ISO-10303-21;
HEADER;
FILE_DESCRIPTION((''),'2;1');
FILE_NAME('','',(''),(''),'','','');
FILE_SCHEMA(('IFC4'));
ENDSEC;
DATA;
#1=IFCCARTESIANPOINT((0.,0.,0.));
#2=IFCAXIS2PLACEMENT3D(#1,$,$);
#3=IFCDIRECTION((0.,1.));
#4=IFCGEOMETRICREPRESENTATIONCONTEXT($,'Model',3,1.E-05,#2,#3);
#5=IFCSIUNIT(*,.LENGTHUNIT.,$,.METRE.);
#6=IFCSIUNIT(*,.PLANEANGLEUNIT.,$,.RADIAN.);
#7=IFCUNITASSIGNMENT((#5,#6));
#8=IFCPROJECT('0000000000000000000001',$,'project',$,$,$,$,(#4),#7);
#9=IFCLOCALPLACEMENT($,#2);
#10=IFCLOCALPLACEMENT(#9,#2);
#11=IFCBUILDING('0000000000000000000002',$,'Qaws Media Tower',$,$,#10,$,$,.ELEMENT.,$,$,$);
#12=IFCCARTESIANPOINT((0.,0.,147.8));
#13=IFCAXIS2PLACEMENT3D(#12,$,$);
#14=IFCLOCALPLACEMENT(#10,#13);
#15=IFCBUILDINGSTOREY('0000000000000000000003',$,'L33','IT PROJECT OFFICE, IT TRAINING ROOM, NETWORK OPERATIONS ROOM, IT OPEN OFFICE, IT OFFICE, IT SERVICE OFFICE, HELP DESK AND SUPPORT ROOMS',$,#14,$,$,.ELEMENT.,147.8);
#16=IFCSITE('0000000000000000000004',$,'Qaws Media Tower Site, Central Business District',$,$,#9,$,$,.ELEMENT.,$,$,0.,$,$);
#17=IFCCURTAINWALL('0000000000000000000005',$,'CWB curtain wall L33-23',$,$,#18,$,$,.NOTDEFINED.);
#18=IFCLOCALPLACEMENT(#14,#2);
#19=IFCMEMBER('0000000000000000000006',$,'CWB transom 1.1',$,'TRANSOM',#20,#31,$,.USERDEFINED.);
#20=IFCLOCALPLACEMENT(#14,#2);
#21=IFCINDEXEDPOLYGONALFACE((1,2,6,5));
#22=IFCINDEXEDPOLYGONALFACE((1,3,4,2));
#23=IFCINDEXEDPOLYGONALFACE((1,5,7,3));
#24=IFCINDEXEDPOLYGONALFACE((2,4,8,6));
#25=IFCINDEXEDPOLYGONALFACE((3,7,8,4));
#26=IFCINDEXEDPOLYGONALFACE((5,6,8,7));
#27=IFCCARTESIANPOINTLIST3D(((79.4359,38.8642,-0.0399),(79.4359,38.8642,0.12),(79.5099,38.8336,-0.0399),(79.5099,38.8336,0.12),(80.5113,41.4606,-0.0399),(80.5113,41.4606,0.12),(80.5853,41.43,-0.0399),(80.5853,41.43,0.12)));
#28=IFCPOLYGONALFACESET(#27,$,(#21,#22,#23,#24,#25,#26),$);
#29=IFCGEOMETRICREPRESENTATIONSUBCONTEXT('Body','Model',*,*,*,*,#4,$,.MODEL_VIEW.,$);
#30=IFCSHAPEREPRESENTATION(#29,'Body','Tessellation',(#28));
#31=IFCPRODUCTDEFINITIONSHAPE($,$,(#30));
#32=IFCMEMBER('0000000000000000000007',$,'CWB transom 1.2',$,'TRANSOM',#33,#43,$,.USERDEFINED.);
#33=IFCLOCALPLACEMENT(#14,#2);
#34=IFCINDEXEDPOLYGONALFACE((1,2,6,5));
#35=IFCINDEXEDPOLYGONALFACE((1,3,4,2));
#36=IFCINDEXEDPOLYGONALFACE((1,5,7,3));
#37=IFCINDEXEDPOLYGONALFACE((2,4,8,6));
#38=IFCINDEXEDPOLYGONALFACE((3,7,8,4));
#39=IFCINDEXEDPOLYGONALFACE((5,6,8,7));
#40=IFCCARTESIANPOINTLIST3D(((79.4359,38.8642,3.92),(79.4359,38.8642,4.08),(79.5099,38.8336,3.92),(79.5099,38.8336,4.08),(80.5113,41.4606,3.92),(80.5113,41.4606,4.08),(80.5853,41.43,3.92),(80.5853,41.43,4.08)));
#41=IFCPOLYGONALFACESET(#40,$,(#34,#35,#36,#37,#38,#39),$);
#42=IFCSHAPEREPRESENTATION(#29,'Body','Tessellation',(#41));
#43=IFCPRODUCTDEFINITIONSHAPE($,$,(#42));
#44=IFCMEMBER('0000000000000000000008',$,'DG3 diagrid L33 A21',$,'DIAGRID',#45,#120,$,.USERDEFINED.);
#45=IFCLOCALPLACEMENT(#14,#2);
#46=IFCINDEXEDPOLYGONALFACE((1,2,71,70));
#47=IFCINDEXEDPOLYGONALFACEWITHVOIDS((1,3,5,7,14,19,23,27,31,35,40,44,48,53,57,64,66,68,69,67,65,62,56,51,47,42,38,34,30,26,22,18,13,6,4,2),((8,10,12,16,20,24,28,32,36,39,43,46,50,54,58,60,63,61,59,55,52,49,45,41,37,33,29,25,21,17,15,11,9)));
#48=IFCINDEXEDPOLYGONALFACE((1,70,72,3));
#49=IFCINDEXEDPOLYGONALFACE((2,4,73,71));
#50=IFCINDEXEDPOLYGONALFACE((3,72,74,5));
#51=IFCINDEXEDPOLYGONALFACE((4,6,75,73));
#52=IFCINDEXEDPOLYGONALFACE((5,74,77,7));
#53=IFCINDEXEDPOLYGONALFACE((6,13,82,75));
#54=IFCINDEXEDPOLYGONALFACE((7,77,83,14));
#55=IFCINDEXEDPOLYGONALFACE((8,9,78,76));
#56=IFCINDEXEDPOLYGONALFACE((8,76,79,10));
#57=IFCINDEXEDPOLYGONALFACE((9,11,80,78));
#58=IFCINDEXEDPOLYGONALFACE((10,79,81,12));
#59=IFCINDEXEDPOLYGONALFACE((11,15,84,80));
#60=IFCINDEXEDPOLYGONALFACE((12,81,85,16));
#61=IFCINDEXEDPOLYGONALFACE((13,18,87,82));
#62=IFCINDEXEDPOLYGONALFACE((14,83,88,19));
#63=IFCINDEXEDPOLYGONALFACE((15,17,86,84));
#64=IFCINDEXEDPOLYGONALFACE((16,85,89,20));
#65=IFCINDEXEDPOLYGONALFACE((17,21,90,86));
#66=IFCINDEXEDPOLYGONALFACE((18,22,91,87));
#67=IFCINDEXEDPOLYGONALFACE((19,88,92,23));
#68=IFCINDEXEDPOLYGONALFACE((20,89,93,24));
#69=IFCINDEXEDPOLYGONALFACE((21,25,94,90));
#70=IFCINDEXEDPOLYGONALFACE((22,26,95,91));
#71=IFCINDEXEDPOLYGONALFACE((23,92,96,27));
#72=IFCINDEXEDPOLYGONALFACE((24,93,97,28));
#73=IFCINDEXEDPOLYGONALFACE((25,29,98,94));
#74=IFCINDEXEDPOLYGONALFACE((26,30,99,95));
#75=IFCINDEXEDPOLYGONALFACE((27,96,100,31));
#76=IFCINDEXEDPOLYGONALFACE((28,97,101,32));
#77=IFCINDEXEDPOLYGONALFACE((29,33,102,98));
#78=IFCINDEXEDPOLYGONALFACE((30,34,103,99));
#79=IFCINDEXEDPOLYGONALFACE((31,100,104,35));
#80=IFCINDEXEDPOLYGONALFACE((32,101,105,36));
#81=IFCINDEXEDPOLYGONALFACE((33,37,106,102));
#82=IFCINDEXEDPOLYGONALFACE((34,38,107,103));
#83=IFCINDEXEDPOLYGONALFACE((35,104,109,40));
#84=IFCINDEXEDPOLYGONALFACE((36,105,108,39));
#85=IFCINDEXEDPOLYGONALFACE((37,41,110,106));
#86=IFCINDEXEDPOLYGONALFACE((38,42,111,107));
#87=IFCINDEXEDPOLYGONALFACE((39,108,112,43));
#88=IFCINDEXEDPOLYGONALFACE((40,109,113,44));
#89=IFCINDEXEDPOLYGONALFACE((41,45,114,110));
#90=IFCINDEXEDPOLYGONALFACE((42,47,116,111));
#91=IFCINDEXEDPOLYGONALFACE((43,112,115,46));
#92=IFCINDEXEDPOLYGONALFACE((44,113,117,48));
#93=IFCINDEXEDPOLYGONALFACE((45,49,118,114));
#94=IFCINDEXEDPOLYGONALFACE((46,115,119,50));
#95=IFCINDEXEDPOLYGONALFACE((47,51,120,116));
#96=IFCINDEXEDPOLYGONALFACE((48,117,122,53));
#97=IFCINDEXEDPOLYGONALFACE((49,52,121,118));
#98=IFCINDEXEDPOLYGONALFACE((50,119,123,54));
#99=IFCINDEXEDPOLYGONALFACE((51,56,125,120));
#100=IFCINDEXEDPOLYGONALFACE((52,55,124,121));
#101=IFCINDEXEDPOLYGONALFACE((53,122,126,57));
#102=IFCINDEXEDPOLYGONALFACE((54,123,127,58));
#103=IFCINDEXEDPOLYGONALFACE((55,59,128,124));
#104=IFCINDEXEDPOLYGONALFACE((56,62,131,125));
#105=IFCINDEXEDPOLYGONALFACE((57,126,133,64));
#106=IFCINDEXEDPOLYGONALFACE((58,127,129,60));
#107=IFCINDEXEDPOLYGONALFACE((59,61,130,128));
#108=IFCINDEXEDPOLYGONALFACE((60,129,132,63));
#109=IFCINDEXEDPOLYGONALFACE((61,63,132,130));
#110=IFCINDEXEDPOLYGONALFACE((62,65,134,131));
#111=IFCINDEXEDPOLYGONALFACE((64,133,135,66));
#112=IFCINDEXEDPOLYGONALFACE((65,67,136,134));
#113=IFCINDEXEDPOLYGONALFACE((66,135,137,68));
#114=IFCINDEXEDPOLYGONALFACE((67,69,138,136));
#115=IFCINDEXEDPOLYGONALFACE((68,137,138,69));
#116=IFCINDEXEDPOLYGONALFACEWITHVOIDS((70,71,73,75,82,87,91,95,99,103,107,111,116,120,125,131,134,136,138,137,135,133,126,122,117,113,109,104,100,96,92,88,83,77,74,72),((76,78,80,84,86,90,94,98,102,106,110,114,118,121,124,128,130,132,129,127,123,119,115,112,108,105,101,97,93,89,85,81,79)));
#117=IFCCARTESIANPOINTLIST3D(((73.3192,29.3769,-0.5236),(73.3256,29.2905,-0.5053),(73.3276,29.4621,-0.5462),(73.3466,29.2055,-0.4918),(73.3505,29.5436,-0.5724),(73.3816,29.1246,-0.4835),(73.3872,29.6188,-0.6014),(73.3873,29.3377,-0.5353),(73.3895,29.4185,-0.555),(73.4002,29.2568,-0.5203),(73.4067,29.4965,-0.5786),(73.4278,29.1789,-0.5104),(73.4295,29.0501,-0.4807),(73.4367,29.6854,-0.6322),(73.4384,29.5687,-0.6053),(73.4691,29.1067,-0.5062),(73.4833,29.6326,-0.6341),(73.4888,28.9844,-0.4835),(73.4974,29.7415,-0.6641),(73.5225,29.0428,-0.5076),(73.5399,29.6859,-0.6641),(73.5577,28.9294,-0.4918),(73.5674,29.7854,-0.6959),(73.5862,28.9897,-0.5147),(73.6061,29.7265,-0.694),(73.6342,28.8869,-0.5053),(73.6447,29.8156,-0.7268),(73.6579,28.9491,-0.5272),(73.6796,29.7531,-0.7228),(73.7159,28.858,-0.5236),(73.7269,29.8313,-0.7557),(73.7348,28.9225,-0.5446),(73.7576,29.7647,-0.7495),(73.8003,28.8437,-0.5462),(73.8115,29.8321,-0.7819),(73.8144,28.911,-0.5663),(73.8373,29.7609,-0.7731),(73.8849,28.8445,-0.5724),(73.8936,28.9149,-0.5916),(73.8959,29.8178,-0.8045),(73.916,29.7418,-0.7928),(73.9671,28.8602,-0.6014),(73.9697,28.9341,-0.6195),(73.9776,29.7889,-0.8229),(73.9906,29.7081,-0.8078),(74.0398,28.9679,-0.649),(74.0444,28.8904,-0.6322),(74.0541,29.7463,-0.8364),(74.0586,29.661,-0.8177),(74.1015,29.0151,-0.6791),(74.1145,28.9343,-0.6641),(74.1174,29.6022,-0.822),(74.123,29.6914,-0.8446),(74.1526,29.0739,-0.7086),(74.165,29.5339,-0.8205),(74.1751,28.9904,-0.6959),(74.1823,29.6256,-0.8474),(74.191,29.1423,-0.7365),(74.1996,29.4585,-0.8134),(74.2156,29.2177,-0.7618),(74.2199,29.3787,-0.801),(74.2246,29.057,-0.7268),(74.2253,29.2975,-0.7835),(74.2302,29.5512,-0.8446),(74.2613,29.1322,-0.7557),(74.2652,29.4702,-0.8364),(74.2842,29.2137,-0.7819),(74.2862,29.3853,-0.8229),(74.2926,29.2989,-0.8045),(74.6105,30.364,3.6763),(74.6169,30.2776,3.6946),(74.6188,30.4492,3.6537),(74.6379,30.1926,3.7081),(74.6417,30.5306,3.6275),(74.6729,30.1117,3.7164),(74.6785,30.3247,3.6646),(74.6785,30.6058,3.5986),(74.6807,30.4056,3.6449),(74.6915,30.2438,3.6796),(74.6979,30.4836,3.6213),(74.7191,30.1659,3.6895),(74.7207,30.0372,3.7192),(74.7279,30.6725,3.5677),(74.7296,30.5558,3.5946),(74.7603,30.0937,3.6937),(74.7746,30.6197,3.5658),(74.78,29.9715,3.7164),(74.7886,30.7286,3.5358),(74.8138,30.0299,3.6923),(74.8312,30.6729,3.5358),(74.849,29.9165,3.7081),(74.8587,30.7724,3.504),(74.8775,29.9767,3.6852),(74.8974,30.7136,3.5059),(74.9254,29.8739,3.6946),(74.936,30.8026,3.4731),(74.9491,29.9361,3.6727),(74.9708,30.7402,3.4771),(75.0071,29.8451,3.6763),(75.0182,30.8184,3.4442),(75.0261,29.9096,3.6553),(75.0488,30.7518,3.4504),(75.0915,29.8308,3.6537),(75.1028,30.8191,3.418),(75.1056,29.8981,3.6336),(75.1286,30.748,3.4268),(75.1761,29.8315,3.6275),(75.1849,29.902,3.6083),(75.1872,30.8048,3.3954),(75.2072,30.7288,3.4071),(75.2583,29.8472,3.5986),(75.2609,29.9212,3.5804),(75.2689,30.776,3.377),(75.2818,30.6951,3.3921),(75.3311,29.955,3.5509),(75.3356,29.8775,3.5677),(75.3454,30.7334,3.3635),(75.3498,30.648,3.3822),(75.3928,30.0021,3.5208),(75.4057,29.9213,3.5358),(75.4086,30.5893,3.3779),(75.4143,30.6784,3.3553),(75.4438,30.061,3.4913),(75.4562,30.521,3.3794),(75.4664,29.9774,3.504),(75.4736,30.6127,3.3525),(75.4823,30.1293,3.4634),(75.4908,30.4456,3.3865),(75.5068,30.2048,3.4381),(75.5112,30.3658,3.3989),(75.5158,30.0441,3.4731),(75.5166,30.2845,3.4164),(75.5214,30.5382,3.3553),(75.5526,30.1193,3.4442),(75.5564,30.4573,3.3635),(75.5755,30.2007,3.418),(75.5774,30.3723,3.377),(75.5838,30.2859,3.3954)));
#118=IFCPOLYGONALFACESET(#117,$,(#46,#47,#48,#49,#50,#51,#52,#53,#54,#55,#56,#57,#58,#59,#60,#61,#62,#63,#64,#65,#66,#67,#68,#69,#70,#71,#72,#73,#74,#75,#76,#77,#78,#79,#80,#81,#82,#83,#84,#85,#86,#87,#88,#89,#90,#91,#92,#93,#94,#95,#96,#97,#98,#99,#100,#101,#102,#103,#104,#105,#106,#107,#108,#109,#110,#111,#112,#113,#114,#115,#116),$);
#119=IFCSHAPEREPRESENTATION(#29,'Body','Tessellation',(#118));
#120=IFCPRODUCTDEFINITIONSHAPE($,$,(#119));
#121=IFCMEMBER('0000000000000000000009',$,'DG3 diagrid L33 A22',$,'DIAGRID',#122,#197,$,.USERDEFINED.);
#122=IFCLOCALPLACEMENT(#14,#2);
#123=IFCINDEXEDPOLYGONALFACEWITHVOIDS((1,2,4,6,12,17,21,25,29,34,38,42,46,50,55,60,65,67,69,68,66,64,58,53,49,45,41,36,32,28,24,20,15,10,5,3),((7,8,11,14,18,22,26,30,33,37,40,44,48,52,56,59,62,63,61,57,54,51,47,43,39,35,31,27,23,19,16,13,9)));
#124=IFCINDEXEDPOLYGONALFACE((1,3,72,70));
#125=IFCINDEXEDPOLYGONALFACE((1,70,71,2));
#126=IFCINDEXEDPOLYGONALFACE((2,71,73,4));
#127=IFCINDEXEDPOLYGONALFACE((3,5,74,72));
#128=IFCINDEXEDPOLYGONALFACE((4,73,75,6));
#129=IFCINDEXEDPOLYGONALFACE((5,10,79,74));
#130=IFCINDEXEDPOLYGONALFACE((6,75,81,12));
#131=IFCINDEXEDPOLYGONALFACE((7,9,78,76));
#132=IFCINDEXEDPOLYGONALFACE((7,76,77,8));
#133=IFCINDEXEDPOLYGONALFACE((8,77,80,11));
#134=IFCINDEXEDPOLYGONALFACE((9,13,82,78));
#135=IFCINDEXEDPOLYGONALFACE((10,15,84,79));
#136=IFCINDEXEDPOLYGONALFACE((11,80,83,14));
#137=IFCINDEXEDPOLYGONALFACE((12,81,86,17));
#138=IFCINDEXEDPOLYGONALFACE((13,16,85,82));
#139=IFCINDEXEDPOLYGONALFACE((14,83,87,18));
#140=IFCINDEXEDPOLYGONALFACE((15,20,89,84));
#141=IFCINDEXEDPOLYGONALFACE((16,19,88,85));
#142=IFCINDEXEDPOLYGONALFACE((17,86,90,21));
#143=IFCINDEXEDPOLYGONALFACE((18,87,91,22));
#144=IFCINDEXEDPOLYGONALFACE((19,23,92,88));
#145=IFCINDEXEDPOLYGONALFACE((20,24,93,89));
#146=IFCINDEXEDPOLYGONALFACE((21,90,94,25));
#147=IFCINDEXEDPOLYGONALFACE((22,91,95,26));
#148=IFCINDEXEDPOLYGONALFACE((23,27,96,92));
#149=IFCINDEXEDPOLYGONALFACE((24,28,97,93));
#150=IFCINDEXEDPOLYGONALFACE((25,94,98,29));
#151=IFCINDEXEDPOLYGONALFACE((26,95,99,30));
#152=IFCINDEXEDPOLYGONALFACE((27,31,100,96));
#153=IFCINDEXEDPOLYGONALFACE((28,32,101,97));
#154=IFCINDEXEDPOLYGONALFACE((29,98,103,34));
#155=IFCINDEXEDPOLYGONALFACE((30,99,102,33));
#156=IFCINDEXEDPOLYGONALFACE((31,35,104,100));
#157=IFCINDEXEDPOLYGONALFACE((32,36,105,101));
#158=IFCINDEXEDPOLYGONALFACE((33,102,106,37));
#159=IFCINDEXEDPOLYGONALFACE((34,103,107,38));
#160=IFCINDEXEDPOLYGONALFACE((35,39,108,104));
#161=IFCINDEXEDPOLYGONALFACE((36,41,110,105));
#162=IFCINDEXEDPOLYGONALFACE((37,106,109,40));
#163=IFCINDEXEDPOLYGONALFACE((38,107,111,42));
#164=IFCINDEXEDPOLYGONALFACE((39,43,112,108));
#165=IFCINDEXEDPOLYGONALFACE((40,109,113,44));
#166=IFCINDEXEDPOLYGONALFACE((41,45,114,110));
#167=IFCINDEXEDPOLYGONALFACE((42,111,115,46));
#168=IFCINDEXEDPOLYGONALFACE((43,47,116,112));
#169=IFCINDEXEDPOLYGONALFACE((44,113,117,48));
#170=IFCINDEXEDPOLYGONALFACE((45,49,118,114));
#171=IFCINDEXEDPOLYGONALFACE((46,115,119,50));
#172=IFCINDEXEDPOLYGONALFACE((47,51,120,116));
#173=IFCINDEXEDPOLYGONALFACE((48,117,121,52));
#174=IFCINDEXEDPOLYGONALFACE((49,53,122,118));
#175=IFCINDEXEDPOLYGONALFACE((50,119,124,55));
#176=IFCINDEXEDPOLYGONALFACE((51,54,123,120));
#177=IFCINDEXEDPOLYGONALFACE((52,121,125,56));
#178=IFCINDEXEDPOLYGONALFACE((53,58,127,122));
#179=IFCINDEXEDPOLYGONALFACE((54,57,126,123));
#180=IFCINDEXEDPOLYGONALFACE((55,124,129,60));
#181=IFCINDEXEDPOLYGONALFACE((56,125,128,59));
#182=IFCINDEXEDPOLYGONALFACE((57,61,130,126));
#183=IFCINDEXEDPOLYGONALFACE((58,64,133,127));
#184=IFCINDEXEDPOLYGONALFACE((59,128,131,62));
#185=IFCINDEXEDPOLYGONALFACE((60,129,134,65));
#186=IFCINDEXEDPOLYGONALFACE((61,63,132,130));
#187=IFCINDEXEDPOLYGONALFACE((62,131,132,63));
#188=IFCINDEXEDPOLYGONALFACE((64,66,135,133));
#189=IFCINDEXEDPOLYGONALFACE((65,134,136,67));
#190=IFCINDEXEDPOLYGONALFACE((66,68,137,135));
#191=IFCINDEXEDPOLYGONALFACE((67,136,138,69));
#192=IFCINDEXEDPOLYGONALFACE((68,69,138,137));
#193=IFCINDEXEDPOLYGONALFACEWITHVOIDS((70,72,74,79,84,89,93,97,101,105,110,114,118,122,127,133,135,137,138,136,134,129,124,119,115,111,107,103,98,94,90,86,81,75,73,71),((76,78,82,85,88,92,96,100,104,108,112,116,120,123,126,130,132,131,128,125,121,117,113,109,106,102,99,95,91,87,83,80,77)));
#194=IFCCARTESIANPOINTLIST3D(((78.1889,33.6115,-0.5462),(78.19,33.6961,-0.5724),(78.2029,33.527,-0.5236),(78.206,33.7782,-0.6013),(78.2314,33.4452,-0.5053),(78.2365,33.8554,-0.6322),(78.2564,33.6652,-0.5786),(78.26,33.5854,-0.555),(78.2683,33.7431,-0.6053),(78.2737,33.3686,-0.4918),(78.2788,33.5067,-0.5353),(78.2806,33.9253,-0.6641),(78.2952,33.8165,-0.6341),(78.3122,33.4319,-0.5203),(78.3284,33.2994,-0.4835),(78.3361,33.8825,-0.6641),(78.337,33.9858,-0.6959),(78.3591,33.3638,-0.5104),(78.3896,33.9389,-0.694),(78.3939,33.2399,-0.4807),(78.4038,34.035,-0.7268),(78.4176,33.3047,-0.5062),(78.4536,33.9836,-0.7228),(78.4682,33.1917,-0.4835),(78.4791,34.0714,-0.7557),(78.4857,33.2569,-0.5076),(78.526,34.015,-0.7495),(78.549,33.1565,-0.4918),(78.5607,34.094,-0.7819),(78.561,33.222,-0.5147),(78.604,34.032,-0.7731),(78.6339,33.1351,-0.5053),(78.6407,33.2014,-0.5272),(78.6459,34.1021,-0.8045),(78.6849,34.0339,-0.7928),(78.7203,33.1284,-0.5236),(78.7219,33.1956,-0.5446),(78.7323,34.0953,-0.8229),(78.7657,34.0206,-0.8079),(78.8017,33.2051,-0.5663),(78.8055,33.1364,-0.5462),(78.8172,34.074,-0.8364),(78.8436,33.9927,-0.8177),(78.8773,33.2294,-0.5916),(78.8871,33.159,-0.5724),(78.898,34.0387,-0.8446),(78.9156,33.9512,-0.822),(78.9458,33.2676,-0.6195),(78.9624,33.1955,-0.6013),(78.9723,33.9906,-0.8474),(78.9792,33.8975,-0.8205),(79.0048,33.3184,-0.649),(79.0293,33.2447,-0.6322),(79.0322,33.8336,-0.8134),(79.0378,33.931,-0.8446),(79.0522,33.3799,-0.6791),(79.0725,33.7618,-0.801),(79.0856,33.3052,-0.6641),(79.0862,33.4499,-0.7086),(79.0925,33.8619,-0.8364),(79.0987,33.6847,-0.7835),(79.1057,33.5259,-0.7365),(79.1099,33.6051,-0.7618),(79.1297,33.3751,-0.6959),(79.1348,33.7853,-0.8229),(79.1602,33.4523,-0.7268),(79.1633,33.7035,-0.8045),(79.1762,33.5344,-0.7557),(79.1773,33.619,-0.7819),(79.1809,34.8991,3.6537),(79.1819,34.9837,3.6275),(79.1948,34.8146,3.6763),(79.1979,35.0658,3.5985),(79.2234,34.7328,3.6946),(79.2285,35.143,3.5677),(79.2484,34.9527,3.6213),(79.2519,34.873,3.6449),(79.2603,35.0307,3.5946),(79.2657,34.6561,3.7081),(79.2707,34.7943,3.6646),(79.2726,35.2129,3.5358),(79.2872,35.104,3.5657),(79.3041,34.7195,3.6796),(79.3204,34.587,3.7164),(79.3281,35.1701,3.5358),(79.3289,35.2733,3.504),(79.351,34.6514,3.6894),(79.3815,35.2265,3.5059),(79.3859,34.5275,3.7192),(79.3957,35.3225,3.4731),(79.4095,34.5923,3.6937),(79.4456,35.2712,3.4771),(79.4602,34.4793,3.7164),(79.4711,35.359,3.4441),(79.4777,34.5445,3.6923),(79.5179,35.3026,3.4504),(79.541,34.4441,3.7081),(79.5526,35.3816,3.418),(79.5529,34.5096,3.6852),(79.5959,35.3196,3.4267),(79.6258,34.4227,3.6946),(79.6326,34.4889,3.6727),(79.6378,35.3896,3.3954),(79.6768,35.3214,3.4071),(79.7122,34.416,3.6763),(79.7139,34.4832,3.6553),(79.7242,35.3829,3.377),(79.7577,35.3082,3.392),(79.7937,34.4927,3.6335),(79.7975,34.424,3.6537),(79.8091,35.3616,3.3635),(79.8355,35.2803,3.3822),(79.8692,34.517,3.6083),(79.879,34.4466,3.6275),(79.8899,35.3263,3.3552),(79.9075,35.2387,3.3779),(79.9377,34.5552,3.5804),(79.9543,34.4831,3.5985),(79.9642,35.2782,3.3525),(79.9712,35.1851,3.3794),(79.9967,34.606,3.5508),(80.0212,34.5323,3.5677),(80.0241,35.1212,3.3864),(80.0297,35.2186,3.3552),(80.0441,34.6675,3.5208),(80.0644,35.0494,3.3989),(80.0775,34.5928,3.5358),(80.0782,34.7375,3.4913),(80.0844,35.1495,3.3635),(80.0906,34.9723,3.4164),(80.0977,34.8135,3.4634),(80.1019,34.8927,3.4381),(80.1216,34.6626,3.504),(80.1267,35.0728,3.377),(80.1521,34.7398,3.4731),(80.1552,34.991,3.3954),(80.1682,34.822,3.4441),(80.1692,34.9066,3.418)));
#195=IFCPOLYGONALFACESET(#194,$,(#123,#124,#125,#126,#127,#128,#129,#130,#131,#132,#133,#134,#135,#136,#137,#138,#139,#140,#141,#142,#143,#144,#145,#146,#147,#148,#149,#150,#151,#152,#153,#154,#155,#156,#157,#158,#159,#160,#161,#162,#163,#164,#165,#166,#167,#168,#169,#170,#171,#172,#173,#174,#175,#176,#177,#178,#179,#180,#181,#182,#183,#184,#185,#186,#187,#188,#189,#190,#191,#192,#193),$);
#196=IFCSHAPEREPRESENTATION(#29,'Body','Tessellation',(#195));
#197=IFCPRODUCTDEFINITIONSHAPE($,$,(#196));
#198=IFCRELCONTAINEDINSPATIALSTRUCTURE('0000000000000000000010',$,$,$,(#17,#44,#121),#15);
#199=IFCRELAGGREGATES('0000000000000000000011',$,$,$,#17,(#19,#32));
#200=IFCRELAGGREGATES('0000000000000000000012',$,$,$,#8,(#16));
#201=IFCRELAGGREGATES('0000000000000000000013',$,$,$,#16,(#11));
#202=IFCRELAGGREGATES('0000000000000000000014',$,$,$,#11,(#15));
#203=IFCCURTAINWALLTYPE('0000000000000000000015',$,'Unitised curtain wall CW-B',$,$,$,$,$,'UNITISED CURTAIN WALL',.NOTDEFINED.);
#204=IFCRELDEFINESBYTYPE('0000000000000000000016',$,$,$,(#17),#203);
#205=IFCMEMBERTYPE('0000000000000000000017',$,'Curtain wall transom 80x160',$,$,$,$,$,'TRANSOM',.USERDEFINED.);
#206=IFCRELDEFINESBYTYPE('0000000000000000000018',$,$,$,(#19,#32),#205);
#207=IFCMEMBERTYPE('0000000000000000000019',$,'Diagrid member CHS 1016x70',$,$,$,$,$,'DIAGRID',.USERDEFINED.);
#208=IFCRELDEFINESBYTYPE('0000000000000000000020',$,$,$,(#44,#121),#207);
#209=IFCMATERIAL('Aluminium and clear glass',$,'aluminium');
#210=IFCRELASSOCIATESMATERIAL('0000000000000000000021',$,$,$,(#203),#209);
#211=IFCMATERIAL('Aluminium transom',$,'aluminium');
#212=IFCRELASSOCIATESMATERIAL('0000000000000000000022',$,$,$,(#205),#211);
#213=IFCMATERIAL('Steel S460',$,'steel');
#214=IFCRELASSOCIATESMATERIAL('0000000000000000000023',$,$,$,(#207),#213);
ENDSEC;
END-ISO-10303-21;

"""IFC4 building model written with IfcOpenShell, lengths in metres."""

from ifc_helpers import new_model, si_unit, direction, frame, origin, origin_2d, place, context, subcontext, project, spatial, rectangle, hollow_circle, extrude, material, material_profile, profile_set, type_object, element, aggregate, save


model = new_model("IFC4")

# Units and contexts
model_context = context("Model", 3, precision=1e-05, world=origin(), true_north=direction((0.0, 1.0)))
body_context = subcontext(model_context, "Body", "Model", "MODEL_VIEW")
ifc_project = project(units=[si_unit("LENGTHUNIT", "METRE"), si_unit("PLANEANGLEUNIT", "RADIAN")], contexts=[model_context])

# Site, building, storey
site_placement = place(None, origin())
site = spatial("IfcSite", under=ifc_project, at=site_placement, Name="Qaws Media Tower Site, Central Business District", CompositionType="ELEMENT", RefElevation=0.0)
building_placement = place(site_placement, origin())
building = spatial("IfcBuilding", under=site, at=building_placement, Name="Qaws Media Tower", CompositionType="ELEMENT")
storey_placement = place(building_placement, frame((0.0, 0.0, 147.8)))
storey = spatial("IfcBuildingStorey", under=building, at=storey_placement, Name="L33", Description="IT PROJECT OFFICE, IT TRAINING ROOM, NETWORK OPERATIONS ROOM, IT OPEN OFFICE, IT OFFICE, IT SERVICE OFFICE, HELP DESK AND SUPPORT ROOMS", CompositionType="ELEMENT", Elevation=147.8)

# Shared definitions
ifc_material_1 = material(Name="Aluminium and clear glass", Category="aluminium")
curtain_wall_type = type_object("IfcCurtainWallType", Name="Unitised curtain wall CW-B", ElementType="UNITISED CURTAIN WALL", PredefinedType="NOTDEFINED", material=ifc_material_1)

# Curtain wall
curtain_wall_1_placement = place(storey_placement, origin())
curtain_wall_1 = element("IfcCurtainWall", 1, at=curtain_wall_1_placement, inside=storey, type_object=curtain_wall_type, Name="CWB curtain wall L33-23", PredefinedType="NOTDEFINED")

# Members
ifc_material_2 = material(Name="Aluminium transom", Category="aluminium")
ifc_material_profile_1 = material_profile(ifc_material_2, rectangle(XDim=0.0801, YDim=0.1599, at=origin_2d()), Name="80x160")
ifc_profile_set_1 = profile_set([ifc_material_profile_1], Name="Aluminium transom")
member_type_1 = type_object("IfcMemberType", Name="Curtain wall transom 80x160", ElementType="TRANSOM", PredefinedType="USERDEFINED", material=ifc_profile_set_1)
member_1_placement = place(storey_placement, frame((79.4729, 38.8489, 0.04), z_axis=(0.382671, 0.923884, 0.0), x_axis=(-0.923884, 0.382671, 0.0)))
member_1 = element("IfcMember", 2, at=member_1_placement, type_object=member_type_1, Name="CWB transom 1.1", ObjectType="TRANSOM", PredefinedType="USERDEFINED", context=body_context, shape_type="SweptSolid", body=[
    extrude(rectangle(XDim=0.0801, YDim=0.1599, at=origin_2d()), origin(), (0.0, 0.0, 1.0), 2.8103),
])
member_2_placement = place(storey_placement, frame((79.4729, 38.8489, 4.0), z_axis=(0.382671, 0.923884, 0.0), x_axis=(-0.923884, 0.382671, 0.0)))
member_2 = element("IfcMember", 3, at=member_2_placement, type_object=member_type_1, Name="CWB transom 1.2", ObjectType="TRANSOM", PredefinedType="USERDEFINED", context=body_context, shape_type="SweptSolid", body=[
    extrude(rectangle(XDim=0.0801, YDim=0.1599, at=origin_2d()), origin(), (0.0, 0.0, 1.0), 2.8103),
])
aggregate(curtain_wall_1, [member_1, member_2])

# Members
ifc_material_3 = material(Name="Steel S460", Category="steel")
ifc_material_profile_2 = material_profile(ifc_material_3, hollow_circle(Radius=0.5081, WallThickness=0.0701, at=origin_2d()), Name="CHS 1016x70")
ifc_profile_set_2 = profile_set([ifc_material_profile_2], Name="Steel S460")
member_type_2 = type_object("IfcMemberType", Name="Diagrid member CHS 1016x70", ElementType="DIAGRID", PredefinedType="USERDEFINED", material=ifc_profile_set_2)
for number, where, z_axis, x_axis, name in (
    (4, (73.8059, 29.3379, -0.6641), (0.286726, 0.219178, 0.932604), (-0.607305, 0.794469, 0.0), "DG3 diagrid L33 A21"),
    (5, (78.6831, 33.6152, -0.6641), (0.220261, 0.285911, 0.932599), (-0.792183, 0.610284, 0.0), "DG3 diagrid L33 A22"),
):
    element("IfcMember", number, at=place(storey_placement, frame(where, z_axis=z_axis, x_axis=x_axis)), inside=storey, type_object=member_type_2, Name=name, ObjectType="DIAGRID", PredefinedType="USERDEFINED", context=body_context, shape_type="SweptSolid", body=[
        extrude(hollow_circle(Radius=0.5081, WallThickness=0.0701, at=origin_2d()), origin(), (0.0, 0.0, 1.0), 4.5034),
    ])

save(model, "model.ifc")
